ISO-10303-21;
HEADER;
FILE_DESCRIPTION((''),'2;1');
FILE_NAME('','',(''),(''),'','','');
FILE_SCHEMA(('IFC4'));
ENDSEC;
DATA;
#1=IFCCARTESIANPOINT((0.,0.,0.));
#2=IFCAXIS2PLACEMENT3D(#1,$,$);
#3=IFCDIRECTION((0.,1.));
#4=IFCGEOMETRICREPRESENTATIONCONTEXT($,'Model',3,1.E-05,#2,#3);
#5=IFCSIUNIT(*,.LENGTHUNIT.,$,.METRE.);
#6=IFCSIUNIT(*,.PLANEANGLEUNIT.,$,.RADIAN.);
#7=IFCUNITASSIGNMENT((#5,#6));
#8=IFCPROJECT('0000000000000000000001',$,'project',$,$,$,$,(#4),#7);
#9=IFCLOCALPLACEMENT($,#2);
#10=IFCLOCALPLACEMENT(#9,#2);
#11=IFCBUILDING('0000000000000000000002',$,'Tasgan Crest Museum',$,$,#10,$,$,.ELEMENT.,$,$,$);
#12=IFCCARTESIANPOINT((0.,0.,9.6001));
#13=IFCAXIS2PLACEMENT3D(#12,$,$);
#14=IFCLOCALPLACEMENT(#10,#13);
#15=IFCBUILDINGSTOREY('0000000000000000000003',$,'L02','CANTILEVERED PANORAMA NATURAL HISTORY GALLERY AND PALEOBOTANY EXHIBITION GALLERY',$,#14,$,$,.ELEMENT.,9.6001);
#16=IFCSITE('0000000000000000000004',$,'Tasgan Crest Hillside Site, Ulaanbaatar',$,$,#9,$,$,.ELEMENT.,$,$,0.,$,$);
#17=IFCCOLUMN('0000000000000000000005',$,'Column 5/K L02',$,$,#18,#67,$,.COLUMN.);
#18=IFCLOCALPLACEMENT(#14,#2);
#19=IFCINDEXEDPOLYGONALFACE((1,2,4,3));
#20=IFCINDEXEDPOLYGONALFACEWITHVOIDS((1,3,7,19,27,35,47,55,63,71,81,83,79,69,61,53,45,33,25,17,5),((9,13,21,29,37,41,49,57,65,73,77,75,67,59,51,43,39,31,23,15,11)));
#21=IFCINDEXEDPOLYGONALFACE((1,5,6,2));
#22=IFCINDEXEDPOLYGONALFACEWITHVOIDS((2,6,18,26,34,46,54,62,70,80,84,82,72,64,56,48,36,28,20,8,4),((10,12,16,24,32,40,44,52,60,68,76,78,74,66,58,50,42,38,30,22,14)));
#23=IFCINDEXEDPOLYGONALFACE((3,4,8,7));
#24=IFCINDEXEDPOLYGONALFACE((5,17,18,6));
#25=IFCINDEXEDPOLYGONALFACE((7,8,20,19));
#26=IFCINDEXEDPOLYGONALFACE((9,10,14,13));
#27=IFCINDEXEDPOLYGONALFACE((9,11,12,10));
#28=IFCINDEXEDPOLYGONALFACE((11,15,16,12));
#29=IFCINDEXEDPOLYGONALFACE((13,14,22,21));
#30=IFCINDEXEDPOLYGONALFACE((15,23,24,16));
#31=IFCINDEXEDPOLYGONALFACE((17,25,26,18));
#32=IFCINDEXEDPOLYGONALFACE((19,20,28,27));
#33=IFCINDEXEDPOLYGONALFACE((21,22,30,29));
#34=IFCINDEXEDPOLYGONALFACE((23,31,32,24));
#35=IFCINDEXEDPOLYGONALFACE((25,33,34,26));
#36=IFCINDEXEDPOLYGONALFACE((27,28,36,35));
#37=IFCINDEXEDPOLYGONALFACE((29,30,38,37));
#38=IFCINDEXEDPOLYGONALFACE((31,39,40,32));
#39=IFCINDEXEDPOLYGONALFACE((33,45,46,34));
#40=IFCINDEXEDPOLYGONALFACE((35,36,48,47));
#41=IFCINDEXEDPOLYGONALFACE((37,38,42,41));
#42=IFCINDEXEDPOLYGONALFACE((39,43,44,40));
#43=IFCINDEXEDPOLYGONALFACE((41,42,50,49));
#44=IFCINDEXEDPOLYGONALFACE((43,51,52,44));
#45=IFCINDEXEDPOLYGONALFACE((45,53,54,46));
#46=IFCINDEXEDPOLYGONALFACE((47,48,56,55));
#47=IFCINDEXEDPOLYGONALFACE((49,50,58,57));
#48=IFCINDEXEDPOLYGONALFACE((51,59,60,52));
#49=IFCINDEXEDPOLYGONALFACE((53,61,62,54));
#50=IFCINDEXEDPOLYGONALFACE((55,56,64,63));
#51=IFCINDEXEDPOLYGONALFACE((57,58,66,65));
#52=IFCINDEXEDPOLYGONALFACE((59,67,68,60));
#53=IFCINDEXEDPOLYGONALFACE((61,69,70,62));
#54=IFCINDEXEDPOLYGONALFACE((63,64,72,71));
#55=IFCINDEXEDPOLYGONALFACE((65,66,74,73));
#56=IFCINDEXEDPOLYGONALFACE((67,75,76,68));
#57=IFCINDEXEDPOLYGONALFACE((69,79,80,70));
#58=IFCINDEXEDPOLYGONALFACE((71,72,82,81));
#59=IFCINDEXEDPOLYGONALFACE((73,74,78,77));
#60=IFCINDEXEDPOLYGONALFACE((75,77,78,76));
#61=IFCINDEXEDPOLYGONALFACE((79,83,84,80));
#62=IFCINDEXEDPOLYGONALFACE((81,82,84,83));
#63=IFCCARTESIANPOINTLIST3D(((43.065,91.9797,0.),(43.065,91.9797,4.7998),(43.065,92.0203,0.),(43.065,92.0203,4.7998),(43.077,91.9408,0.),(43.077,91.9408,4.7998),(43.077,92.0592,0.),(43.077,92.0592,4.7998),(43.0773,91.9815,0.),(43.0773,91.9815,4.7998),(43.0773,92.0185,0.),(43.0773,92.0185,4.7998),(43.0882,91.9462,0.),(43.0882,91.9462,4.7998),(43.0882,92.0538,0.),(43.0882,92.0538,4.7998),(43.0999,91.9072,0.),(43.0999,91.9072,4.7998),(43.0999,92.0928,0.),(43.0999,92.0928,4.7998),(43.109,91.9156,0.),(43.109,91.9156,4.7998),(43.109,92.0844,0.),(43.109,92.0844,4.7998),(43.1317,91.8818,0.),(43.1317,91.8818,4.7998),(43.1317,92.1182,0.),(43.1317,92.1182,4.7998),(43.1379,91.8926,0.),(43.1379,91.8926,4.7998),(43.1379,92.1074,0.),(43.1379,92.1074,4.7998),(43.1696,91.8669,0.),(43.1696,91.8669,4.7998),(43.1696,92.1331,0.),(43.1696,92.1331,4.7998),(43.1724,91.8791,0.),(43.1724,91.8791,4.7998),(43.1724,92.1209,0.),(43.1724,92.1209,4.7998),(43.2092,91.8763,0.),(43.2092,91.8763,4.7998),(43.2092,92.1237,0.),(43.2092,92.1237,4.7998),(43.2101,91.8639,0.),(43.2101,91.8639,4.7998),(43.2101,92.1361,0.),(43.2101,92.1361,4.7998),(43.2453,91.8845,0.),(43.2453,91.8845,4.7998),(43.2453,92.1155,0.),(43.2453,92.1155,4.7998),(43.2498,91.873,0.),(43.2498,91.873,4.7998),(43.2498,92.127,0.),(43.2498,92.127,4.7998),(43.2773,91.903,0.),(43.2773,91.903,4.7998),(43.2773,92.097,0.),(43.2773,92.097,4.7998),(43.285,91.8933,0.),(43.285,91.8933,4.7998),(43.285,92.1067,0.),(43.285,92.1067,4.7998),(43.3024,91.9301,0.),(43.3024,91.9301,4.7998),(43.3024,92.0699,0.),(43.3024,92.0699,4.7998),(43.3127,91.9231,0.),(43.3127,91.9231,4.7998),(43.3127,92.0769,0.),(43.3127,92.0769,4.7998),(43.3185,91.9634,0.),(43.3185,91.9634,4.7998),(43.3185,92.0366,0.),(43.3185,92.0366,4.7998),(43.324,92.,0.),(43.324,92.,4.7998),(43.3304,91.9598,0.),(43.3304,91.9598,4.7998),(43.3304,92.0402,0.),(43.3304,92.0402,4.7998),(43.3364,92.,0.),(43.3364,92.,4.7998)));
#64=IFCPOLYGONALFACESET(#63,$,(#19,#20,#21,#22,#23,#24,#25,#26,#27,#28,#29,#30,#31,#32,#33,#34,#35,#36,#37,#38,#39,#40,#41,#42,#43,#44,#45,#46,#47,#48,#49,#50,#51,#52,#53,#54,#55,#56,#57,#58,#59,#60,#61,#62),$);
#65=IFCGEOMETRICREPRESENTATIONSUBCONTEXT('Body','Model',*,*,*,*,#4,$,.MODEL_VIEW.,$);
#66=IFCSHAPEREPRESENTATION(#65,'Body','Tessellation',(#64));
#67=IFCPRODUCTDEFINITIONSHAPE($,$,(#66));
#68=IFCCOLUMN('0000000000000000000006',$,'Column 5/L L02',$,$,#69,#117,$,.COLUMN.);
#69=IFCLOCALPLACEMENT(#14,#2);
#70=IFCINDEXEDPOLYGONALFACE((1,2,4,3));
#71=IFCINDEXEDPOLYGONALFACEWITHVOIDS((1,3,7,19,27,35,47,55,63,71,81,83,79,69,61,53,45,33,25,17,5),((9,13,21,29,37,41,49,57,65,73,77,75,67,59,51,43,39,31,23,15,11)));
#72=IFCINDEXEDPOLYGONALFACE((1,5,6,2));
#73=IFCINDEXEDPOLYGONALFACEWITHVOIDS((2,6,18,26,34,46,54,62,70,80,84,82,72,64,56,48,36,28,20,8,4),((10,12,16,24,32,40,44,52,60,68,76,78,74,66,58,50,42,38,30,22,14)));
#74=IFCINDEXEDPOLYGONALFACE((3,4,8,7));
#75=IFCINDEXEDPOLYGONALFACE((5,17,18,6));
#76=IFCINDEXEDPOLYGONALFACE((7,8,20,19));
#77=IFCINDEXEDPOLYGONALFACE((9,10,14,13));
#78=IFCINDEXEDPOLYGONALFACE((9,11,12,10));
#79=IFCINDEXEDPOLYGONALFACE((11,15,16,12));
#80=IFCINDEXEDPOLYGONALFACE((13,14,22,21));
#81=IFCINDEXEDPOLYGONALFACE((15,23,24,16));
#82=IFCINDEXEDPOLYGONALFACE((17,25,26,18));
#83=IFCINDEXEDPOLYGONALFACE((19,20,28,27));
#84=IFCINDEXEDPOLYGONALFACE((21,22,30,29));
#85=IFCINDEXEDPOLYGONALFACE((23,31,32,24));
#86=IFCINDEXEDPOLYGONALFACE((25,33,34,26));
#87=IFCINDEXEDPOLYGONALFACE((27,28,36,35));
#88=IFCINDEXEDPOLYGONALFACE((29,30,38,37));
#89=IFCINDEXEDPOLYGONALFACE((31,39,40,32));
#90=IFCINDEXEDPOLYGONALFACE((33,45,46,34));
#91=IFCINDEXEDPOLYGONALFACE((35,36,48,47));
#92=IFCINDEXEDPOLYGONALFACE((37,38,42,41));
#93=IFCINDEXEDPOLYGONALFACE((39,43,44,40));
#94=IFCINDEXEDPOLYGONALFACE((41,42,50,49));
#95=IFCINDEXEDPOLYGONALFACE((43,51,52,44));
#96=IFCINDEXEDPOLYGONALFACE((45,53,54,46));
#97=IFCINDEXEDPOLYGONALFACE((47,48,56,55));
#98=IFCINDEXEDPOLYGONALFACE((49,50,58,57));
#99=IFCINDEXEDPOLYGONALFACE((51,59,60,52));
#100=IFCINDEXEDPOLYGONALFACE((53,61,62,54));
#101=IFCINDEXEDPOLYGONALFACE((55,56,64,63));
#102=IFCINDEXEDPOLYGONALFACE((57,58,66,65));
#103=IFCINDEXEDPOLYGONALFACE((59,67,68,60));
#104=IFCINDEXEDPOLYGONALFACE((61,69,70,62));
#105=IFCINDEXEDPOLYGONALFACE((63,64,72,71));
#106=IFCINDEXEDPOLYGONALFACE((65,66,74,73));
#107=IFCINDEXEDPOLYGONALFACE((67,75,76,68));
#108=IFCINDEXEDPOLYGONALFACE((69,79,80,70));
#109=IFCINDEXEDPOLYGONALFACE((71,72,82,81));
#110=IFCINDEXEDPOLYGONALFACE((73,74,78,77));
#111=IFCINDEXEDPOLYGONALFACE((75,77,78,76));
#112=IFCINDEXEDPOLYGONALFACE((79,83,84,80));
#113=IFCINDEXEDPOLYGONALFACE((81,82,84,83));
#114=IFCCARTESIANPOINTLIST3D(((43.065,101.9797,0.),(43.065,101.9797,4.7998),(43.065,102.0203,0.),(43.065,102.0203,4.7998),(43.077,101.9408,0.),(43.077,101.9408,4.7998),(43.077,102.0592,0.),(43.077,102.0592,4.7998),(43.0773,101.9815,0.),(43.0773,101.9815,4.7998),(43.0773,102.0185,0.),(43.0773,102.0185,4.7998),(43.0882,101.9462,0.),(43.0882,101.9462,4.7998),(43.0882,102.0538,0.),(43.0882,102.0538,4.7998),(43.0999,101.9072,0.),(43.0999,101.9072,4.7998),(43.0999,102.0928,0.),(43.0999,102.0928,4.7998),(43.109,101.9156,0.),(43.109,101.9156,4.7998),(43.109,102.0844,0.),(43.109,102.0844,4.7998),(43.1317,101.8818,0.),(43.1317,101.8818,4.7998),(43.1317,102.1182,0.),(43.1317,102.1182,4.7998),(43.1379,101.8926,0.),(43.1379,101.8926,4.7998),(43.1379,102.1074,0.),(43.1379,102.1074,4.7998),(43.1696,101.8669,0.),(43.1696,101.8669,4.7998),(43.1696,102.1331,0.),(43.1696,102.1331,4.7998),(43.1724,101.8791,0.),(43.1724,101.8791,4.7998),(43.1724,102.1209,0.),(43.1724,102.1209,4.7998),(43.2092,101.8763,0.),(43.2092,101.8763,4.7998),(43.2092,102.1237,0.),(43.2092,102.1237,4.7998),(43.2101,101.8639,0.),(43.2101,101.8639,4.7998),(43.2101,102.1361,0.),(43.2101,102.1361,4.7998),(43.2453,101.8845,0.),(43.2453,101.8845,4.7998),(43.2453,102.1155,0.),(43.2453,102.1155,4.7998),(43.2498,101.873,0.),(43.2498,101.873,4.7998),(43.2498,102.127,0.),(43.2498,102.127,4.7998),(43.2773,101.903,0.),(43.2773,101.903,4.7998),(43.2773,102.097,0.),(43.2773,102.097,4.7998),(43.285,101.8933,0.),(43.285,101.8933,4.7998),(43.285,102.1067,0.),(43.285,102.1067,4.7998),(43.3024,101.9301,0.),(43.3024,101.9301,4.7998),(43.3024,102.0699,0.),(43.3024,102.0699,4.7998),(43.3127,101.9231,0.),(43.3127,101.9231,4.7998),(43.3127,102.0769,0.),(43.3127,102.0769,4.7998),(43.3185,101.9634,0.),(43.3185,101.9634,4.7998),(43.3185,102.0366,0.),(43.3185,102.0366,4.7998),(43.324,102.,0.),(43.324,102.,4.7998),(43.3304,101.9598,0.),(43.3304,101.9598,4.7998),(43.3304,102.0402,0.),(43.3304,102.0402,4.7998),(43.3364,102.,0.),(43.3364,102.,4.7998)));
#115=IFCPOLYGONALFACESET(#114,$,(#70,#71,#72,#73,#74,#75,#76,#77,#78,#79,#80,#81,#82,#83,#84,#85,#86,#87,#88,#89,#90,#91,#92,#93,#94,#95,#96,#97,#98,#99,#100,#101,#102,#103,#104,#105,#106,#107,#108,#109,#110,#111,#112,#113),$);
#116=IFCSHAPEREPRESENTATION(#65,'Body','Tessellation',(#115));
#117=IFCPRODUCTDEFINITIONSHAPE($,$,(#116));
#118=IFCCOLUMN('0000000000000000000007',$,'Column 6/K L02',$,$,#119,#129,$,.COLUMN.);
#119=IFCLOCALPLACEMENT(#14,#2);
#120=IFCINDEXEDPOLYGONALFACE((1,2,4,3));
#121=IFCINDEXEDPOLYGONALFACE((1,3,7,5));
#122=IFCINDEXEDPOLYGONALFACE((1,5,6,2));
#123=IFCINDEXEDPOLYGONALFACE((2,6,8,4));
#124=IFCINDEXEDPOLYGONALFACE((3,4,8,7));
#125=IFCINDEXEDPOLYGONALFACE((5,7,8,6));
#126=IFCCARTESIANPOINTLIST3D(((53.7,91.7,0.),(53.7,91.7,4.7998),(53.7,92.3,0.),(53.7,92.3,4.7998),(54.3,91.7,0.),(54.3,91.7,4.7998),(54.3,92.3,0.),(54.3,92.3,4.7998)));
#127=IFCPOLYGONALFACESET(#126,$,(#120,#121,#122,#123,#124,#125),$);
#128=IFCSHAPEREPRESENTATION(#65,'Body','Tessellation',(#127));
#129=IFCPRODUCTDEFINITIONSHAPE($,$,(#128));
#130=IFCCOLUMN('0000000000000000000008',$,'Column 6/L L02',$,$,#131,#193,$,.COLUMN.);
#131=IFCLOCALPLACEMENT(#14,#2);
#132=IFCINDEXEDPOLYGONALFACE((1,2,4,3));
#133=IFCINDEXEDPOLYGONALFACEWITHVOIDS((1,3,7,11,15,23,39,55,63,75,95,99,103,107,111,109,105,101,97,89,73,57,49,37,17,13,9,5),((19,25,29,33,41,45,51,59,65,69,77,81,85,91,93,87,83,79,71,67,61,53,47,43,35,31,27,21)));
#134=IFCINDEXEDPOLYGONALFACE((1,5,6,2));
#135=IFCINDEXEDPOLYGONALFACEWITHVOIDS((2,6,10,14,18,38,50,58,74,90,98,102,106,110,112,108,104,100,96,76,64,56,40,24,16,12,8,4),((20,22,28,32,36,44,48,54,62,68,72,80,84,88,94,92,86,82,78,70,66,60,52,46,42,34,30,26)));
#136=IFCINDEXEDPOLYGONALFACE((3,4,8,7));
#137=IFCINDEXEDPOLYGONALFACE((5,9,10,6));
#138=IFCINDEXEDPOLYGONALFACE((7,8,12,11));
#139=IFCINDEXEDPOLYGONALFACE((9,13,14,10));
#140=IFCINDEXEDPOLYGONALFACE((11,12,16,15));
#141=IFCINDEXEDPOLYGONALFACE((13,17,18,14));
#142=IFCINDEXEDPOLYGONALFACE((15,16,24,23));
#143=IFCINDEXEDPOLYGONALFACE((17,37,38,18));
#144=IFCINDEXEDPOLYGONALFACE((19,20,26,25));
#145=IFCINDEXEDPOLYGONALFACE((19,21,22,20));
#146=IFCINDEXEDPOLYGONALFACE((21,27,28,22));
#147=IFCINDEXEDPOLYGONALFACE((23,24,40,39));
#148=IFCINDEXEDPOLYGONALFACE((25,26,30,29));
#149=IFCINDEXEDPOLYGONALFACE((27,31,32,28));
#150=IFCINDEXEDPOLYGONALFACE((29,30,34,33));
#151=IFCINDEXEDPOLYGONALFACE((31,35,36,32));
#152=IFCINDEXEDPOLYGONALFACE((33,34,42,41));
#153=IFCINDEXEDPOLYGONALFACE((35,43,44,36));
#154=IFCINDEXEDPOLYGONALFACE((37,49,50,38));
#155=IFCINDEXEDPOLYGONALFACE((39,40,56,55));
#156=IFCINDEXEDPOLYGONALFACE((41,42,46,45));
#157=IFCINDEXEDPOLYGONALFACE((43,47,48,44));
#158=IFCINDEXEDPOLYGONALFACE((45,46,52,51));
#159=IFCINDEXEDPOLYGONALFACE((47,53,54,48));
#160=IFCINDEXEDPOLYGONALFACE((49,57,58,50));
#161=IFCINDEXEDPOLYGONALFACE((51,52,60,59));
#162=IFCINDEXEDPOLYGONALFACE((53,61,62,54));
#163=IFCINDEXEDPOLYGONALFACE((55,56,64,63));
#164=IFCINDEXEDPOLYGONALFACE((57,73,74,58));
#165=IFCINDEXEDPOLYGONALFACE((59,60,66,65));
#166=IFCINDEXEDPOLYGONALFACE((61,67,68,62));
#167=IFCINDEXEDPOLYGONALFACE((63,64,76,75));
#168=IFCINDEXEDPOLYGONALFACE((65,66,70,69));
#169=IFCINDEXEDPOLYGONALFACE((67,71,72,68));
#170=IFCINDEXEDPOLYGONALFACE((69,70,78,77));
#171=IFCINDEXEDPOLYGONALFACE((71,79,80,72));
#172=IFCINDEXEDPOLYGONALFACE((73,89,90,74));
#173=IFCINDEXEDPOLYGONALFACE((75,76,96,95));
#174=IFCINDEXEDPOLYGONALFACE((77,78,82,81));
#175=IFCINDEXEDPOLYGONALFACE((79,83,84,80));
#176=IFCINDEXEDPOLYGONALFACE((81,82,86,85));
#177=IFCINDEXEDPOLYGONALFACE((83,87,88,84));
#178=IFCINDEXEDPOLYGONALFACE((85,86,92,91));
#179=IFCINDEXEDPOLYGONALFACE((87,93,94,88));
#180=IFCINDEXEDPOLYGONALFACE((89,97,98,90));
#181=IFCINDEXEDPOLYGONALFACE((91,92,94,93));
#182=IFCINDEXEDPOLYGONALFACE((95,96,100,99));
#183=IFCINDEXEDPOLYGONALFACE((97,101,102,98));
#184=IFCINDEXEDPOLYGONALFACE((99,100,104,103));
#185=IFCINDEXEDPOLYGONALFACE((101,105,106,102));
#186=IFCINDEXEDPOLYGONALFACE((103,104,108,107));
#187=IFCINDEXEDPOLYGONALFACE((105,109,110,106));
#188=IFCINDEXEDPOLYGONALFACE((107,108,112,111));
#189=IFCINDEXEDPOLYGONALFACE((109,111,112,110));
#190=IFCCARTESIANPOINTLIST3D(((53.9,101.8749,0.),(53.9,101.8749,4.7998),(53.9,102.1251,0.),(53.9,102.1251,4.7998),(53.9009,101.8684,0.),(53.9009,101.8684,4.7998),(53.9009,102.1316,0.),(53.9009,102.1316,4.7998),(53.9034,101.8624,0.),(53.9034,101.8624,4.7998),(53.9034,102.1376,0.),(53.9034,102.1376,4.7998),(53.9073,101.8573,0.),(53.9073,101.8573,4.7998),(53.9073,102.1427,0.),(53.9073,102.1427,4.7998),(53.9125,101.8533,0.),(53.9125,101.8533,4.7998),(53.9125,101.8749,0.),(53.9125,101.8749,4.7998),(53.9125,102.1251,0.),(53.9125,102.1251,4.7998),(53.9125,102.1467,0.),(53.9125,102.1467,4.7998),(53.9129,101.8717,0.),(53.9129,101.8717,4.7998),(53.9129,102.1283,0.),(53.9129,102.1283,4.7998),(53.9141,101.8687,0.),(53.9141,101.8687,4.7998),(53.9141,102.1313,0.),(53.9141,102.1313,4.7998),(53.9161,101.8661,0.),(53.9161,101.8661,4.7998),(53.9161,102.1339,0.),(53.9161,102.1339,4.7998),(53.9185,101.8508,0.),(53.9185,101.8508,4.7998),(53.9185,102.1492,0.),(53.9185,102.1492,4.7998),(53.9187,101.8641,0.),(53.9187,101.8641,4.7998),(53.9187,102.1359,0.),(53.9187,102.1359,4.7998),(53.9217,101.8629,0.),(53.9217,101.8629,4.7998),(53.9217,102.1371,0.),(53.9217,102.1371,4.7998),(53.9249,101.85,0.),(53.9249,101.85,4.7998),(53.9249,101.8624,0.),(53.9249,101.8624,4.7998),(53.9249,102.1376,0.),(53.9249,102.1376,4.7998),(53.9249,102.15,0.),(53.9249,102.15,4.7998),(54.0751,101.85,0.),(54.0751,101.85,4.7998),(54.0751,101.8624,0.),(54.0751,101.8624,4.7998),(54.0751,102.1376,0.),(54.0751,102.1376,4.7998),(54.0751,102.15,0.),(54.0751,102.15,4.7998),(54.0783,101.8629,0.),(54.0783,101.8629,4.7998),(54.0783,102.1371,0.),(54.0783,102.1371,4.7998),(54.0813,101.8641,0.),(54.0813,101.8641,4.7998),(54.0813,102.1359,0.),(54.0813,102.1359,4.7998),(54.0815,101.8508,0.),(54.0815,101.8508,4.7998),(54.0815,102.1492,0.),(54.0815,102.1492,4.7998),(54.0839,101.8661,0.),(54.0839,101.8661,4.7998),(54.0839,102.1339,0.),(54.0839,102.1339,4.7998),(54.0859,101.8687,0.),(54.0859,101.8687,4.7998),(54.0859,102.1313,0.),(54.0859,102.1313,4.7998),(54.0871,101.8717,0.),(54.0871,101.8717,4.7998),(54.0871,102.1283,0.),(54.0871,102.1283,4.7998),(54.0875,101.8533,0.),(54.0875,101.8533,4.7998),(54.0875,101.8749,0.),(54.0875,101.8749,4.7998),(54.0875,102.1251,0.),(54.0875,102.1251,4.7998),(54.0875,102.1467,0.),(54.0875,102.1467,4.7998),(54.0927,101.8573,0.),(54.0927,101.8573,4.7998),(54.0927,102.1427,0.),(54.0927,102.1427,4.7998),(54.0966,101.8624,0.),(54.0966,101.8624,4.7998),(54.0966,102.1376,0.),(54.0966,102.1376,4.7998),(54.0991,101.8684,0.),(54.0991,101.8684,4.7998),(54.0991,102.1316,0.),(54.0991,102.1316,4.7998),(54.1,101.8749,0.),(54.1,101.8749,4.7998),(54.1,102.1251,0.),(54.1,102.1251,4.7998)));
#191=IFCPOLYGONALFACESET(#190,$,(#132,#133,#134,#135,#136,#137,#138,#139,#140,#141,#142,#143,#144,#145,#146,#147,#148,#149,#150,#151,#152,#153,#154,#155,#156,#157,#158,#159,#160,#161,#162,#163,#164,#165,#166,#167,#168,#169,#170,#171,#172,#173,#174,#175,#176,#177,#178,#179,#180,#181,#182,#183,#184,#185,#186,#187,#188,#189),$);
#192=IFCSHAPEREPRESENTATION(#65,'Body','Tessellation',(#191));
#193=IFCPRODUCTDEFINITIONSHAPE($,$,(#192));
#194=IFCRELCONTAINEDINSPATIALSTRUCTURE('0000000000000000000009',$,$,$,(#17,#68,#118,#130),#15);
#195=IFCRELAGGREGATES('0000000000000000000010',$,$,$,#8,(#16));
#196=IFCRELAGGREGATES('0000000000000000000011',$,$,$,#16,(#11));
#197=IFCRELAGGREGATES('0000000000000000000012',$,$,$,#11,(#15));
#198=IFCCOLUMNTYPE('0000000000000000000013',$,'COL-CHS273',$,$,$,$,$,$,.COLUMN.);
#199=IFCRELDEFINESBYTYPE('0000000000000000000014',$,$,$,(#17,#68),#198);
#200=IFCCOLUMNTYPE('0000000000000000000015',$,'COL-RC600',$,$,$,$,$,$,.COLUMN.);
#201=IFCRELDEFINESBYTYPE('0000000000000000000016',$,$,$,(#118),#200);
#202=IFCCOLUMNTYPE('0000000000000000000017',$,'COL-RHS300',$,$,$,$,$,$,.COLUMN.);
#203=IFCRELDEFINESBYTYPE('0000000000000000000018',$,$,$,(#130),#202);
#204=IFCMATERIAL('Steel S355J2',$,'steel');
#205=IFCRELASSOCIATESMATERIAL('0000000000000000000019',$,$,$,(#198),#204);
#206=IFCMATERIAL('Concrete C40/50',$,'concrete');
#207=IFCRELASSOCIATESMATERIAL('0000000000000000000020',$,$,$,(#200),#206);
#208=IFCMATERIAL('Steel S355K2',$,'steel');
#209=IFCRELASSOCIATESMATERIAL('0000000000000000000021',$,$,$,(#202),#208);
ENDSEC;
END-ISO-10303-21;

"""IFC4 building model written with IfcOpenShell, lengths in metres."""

from ifc_helpers import new_model, si_unit, direction, frame, origin, origin_2d, place, context, subcontext, project, spatial, rectangle, hollow_rectangle, hollow_circle, extrude, material, material_profile, profile_set, type_object, element, save


model = new_model("IFC4")

# Units and contexts
model_context = context("Model", 3, precision=1e-05, world=origin(), true_north=direction((0.0, 1.0)))
body_context = subcontext(model_context, "Body", "Model", "MODEL_VIEW")
ifc_project = project(units=[si_unit("LENGTHUNIT", "METRE"), si_unit("PLANEANGLEUNIT", "RADIAN")], contexts=[model_context])

# Site, building, storey
site_placement = place(None, origin())
site = spatial("IfcSite", under=ifc_project, at=site_placement, Name="Tasgan Crest Hillside Site, Ulaanbaatar", CompositionType="ELEMENT", RefElevation=0.0)
building_placement = place(site_placement, origin())
building = spatial("IfcBuilding", under=site, at=building_placement, Name="Tasgan Crest Museum", CompositionType="ELEMENT")
storey_placement = place(building_placement, frame((0.0, 0.0, 9.6001)))
storey = spatial("IfcBuildingStorey", under=building, at=storey_placement, Name="L02", Description="CANTILEVERED PANORAMA NATURAL HISTORY GALLERY AND PALEOBOTANY EXHIBITION GALLERY", CompositionType="ELEMENT", Elevation=9.6001)

# Columns
ifc_material_1 = material(Name="Steel S355J2", Category="steel")
ifc_material_profile_1 = material_profile(ifc_material_1, hollow_circle(Radius=0.1365, WallThickness=0.0125, at=origin_2d()), Name="CHS 273x12.5")
ifc_profile_set_1 = profile_set([ifc_material_profile_1], Name="Steel S355J2")
column_type_1 = type_object("IfcColumnType", Name="COL-CHS273", PredefinedType="COLUMN", material=ifc_profile_set_1)
for number, where, z_axis, x_axis, name in (
    (1, (43.2, 92.0, 0.0), (0.0, 0.0, 1.0), (1.0, 0.0, 0.0), "Column 5/K L02"),
    (2, (43.2, 102.0, 0.0), (0.0, 0.0, 1.0), (1.0, 0.0, 0.0), "Column 5/L L02"),
):
    element("IfcColumn", number, at=place(storey_placement, frame(where, z_axis=z_axis, x_axis=x_axis)), inside=storey, type_object=column_type_1, Name=name, PredefinedType="COLUMN", context=body_context, shape_type="SweptSolid", body=[
        extrude(hollow_circle(Radius=0.1365, WallThickness=0.0125, at=origin_2d()), origin(), (0.0, 0.0, 1.0), 4.7998),
    ])
ifc_material_2 = material(Name="Concrete C40/50", Category="concrete")
ifc_material_profile_2 = material_profile(ifc_material_2, rectangle(XDim=0.6001, YDim=0.6001, at=origin_2d()), Name="RC 600x600")
ifc_profile_set_2 = profile_set([ifc_material_profile_2], Name="Concrete C40/50")
column_type_2 = type_object("IfcColumnType", Name="COL-RC600", PredefinedType="COLUMN", material=ifc_profile_set_2)
column_1_placement = place(storey_placement, frame((54.0, 92.0, 0.0), z_axis=(0.0, 0.0, 1.0), x_axis=(1.0, 0.0, 0.0)))
element("IfcColumn", 3, at=column_1_placement, inside=storey, type_object=column_type_2, Name="Column 6/K L02", PredefinedType="COLUMN", context=body_context, shape_type="SweptSolid", body=[
    extrude(rectangle(XDim=0.6001, YDim=0.6001, at=origin_2d()), origin(), (0.0, 0.0, 1.0), 4.7998),
])
ifc_material_3 = material(Name="Steel S355K2", Category="steel")
ifc_material_profile_3 = material_profile(ifc_material_3, hollow_rectangle(XDim=0.2, YDim=0.3, WallThickness=0.0125, InnerFilletRadius=0.0125, OuterFilletRadius=0.0249, at=origin_2d()), Name="RHS 300x200x12.5")
ifc_profile_set_3 = profile_set([ifc_material_profile_3], Name="Steel S355K2")
column_type_3 = type_object("IfcColumnType", Name="COL-RHS300", PredefinedType="COLUMN", material=ifc_profile_set_3)
column_2_placement = place(storey_placement, frame((54.0, 102.0, 0.0), z_axis=(0.0, 0.0, 1.0), x_axis=(1.0, 0.0, 0.0)))
element("IfcColumn", 4, at=column_2_placement, inside=storey, type_object=column_type_3, Name="Column 6/L L02", PredefinedType="COLUMN", context=body_context, shape_type="SweptSolid", body=[
    extrude(hollow_rectangle(XDim=0.2, YDim=0.3, WallThickness=0.0125, InnerFilletRadius=0.0125, OuterFilletRadius=0.0249, at=origin_2d()), origin(), (0.0, 0.0, 1.0), 4.7998),
])

save(model, "model.ifc")
